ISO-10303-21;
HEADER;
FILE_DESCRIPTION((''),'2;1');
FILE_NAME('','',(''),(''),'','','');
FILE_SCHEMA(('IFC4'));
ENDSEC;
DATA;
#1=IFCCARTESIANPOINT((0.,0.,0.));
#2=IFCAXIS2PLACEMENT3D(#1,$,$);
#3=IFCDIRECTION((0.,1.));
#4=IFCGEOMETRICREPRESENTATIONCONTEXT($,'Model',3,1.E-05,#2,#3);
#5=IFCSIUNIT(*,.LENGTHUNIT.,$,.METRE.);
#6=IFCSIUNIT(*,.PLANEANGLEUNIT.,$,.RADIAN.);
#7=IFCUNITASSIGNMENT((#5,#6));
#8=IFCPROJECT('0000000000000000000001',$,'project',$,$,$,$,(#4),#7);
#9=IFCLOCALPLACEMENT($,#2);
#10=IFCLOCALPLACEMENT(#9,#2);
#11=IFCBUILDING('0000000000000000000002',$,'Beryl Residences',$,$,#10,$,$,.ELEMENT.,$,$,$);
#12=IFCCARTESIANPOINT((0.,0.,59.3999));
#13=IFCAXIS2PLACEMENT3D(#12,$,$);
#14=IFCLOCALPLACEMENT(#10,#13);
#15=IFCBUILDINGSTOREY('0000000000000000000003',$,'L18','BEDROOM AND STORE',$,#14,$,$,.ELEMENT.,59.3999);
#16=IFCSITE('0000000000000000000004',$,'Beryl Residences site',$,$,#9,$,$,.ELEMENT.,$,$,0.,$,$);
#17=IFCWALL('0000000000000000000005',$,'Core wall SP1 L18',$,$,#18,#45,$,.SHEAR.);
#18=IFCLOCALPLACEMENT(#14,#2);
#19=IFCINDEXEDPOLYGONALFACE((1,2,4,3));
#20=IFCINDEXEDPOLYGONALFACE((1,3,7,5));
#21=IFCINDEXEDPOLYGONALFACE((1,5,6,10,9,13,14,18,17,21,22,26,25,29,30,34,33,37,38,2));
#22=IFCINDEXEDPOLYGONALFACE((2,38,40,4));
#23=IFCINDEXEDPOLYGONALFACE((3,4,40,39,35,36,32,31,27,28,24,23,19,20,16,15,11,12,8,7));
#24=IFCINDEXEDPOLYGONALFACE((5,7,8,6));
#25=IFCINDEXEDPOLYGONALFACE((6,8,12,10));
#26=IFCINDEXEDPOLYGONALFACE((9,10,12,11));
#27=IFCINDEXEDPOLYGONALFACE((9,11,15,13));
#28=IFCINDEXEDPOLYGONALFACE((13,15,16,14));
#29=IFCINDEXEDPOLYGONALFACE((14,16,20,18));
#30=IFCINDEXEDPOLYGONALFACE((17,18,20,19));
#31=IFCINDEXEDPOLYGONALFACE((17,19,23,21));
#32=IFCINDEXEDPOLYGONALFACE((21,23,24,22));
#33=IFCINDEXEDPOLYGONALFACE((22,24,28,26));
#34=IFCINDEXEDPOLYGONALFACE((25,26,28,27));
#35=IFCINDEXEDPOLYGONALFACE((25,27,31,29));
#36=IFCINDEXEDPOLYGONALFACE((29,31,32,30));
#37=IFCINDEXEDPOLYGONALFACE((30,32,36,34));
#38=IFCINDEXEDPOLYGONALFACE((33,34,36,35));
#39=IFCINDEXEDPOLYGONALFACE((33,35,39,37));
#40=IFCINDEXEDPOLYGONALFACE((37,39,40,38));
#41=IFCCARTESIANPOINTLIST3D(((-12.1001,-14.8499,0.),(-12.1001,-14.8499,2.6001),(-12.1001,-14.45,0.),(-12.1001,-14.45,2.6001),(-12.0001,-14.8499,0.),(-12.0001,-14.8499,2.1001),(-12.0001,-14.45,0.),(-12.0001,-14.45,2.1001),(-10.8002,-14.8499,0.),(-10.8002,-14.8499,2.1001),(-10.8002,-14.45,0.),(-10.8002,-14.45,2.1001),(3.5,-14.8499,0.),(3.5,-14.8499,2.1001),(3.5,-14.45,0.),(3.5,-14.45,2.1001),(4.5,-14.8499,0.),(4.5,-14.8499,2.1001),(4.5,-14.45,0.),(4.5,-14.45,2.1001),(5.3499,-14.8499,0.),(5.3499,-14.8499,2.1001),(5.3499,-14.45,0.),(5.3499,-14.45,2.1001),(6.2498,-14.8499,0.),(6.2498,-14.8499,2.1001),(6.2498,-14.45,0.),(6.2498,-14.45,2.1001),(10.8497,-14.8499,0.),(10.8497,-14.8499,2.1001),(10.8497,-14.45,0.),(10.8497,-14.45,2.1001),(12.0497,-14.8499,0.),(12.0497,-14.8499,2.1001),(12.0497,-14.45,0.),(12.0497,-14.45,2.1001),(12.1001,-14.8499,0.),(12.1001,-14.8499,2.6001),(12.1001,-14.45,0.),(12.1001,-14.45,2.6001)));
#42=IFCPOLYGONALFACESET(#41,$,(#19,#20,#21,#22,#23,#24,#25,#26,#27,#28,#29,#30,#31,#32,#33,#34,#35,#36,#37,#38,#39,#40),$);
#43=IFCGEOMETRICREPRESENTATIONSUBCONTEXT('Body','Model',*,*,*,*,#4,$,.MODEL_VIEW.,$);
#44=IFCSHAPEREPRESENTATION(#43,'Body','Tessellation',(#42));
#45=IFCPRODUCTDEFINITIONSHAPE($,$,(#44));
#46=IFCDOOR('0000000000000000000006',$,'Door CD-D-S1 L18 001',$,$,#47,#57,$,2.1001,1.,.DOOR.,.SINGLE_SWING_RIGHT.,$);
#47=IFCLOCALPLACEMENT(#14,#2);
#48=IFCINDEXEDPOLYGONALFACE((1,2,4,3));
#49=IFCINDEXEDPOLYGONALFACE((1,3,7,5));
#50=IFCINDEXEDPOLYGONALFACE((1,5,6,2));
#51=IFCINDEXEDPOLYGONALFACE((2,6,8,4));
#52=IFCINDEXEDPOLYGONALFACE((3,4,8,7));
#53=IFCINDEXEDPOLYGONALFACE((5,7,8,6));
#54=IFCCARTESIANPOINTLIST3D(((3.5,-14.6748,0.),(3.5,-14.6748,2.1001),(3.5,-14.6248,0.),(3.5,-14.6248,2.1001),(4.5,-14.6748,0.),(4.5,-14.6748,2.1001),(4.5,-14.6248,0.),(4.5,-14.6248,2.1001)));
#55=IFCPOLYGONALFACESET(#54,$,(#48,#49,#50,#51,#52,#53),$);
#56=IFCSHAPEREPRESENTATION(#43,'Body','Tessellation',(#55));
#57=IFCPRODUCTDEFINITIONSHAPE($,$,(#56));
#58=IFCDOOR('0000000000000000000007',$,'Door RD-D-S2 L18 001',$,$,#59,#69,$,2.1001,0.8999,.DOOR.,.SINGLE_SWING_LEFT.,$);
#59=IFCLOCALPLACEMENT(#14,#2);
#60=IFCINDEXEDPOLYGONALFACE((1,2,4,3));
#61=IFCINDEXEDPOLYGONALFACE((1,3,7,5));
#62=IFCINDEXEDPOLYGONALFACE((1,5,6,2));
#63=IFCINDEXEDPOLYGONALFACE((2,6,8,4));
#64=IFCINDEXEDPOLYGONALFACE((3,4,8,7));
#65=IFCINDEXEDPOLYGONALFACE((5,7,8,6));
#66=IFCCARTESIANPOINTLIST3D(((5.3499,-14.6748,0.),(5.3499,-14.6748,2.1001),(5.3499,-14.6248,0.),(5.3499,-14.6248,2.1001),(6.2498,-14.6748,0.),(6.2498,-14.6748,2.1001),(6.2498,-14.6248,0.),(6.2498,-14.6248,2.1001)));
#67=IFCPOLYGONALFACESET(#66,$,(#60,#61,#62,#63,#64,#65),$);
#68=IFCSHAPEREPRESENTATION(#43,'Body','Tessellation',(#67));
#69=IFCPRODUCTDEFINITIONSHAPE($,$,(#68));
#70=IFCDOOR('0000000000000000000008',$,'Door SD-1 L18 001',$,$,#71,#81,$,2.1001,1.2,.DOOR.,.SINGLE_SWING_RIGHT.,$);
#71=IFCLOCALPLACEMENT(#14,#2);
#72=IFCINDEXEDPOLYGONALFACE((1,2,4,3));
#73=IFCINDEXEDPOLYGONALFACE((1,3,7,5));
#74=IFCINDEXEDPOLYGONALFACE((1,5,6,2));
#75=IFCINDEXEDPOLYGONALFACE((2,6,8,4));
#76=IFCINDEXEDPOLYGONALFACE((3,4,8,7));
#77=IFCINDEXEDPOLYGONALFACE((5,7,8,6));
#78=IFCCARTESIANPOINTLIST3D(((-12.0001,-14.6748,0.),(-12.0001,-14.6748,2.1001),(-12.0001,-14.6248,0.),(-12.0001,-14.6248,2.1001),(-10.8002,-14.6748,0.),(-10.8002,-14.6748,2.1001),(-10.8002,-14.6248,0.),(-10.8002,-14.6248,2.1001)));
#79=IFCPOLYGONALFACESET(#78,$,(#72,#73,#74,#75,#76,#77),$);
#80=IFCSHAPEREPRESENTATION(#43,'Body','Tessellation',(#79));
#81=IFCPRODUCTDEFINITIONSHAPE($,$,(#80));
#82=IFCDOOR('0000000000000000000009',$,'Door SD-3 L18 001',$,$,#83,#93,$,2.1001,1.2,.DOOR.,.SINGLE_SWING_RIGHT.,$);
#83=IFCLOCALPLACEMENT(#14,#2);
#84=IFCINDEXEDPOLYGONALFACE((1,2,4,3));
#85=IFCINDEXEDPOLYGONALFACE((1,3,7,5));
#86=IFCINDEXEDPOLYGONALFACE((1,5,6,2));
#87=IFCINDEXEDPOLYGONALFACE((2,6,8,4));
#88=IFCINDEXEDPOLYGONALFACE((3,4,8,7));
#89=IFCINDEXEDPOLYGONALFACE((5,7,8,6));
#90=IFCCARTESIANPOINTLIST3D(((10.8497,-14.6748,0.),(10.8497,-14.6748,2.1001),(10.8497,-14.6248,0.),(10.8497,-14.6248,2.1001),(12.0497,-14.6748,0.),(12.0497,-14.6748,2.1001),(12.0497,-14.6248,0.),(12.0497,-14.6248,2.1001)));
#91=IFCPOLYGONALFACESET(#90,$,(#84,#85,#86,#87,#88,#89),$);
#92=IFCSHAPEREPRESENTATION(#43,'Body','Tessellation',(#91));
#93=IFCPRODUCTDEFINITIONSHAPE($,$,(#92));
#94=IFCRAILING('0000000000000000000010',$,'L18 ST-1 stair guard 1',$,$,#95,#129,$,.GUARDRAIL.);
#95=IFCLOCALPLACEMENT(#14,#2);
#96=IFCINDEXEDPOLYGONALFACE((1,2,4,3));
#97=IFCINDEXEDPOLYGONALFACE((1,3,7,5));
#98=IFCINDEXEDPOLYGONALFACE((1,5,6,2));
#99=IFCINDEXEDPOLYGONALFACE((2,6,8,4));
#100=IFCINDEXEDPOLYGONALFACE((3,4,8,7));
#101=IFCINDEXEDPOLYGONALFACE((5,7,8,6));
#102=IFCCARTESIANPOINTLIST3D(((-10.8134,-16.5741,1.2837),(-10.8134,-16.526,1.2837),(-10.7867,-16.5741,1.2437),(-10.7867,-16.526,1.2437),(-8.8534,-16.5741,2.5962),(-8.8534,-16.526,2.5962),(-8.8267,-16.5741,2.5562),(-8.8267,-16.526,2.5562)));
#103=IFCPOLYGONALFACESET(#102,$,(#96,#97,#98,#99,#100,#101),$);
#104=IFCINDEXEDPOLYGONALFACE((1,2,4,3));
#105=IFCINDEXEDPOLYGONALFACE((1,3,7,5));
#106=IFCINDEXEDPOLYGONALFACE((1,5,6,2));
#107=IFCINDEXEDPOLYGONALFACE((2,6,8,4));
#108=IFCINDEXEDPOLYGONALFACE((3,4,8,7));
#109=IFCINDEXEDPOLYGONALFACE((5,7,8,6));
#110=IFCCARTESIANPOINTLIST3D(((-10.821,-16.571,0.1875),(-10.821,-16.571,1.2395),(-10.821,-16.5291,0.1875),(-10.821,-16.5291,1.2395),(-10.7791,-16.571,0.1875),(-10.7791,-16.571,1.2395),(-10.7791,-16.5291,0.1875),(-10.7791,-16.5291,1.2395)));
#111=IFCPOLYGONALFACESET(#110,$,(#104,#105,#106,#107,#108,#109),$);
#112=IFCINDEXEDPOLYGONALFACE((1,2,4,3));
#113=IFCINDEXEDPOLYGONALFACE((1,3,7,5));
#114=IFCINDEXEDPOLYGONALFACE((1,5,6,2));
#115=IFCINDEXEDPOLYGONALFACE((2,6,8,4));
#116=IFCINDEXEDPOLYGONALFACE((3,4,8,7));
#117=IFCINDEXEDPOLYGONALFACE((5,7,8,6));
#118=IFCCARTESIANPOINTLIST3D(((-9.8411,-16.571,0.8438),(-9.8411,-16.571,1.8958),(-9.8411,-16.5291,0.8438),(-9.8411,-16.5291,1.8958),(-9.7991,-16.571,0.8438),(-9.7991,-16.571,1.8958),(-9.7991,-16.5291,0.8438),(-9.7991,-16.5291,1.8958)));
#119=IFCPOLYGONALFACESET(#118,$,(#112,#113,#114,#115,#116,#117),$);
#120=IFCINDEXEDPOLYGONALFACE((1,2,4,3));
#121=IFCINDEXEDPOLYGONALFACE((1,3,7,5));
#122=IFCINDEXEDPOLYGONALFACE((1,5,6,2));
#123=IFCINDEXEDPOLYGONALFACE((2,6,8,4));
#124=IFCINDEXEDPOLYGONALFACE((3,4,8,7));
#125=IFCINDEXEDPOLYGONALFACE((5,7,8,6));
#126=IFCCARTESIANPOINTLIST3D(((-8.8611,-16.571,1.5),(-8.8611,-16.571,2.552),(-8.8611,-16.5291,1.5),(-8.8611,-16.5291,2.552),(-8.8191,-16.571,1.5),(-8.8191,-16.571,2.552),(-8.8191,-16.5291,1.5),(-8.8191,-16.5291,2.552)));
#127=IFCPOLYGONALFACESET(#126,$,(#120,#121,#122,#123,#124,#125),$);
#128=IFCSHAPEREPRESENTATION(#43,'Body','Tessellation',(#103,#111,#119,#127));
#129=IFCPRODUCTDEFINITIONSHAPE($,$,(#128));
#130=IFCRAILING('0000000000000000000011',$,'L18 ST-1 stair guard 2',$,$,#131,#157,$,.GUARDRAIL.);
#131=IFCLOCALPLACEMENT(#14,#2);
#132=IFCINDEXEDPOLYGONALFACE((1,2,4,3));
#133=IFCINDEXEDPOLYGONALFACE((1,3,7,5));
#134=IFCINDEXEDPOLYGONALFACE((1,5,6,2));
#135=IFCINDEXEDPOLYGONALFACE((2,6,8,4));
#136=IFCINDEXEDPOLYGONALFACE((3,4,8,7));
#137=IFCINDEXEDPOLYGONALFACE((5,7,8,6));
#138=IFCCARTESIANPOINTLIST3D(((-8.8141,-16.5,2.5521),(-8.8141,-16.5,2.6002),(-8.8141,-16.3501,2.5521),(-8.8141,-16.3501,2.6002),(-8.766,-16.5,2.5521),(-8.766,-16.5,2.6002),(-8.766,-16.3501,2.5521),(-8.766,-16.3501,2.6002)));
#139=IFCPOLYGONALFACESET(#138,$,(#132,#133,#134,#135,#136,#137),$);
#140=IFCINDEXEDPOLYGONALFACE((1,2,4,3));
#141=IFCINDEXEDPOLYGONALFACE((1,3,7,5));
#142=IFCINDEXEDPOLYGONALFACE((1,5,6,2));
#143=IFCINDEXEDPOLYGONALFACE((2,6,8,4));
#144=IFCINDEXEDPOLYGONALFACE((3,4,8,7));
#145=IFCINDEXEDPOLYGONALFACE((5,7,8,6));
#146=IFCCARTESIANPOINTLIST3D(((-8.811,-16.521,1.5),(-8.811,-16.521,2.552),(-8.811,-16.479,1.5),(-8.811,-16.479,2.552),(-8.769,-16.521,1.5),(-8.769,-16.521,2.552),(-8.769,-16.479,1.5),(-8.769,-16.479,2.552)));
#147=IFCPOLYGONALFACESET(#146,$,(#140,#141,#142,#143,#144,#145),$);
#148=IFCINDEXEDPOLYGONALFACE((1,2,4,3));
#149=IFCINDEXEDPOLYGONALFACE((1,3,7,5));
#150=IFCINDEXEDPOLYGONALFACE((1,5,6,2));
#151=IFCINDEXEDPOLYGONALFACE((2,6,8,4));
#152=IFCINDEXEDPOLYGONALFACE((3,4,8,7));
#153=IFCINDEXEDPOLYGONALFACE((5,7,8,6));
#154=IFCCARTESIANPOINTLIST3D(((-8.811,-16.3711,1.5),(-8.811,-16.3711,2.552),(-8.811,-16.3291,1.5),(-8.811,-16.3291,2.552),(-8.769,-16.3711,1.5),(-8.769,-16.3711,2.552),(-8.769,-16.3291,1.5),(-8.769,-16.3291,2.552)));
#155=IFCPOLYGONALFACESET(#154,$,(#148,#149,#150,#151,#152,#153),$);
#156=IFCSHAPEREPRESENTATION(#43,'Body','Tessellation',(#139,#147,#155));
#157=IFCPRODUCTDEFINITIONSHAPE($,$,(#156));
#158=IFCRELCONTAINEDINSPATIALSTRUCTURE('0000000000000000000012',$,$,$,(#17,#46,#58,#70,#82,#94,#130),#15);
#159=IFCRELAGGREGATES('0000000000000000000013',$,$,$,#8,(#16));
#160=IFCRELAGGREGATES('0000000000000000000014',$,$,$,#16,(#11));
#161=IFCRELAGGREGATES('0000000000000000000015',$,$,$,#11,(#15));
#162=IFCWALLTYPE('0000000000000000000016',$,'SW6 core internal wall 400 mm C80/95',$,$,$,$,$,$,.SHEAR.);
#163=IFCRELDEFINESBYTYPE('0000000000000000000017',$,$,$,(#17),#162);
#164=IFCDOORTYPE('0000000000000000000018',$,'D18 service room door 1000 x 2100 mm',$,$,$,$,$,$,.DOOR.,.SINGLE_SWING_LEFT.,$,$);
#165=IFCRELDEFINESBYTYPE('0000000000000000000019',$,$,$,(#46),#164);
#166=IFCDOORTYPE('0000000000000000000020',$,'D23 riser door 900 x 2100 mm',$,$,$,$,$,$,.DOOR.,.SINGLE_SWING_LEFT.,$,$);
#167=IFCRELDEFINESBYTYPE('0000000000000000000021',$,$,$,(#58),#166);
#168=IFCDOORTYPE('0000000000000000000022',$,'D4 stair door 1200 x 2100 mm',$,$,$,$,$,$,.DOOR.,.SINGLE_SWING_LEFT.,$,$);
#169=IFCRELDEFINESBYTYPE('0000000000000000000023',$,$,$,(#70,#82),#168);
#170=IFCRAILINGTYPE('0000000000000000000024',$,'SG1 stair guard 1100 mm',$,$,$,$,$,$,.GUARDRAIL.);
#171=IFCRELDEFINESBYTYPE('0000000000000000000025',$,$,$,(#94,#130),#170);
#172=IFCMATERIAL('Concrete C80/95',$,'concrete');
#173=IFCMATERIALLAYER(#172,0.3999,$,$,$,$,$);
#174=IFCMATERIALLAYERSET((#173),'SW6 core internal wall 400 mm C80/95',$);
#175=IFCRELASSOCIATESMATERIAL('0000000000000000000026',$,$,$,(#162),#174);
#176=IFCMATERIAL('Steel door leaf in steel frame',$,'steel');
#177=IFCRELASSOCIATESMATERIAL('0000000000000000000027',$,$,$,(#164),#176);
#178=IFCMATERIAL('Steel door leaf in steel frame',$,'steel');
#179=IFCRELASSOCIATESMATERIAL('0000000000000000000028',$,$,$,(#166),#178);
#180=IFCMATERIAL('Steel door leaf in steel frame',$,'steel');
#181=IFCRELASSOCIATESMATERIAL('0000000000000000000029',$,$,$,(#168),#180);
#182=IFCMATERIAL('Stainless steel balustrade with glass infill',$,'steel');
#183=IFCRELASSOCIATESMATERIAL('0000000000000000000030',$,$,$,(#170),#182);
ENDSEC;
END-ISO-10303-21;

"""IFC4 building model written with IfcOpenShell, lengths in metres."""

from ifc_helpers import new_model, si_unit, direction, frame, frame_2d, origin, origin_2d, place, context, subcontext, project, spatial, rectangle, extrude, material, layer, layer_set, type_object, element, fill, save


model = new_model("IFC4")

# Units and contexts
model_context = context("Model", 3, precision=1e-05, world=origin(), true_north=direction((0.0, 1.0)))
body_context = subcontext(model_context, "Body", "Model", "MODEL_VIEW")
ifc_project = project(units=[si_unit("LENGTHUNIT", "METRE"), si_unit("PLANEANGLEUNIT", "RADIAN")], contexts=[model_context])

# Site, building, storey
site_placement = place(None, origin())
site = spatial("IfcSite", under=ifc_project, at=site_placement, Name="Beryl Residences site", CompositionType="ELEMENT", RefElevation=0.0)
building_placement = place(site_placement, origin())
building = spatial("IfcBuilding", under=site, at=building_placement, Name="Beryl Residences", CompositionType="ELEMENT")
storey_placement = place(building_placement, frame((0.0, 0.0, 59.3999)))
storey = spatial("IfcBuildingStorey", under=building, at=storey_placement, Name="L18", Description="BEDROOM AND STORE", CompositionType="ELEMENT", Elevation=59.3999)

# Wall, openings, doors
ifc_material_1 = material(Name="Concrete C80/95", Category="concrete")
ifc_layer_1 = layer(ifc_material_1, 0.3999)
ifc_layer_set_1 = layer_set([ifc_layer_1], Name="SW6 core internal wall 400 mm C80/95")
wall_type_1 = type_object("IfcWallType", Name="SW6 core internal wall 400 mm C80/95", PredefinedType="SHEAR", material=ifc_layer_set_1)
wall_1_placement = place(storey_placement, frame((-12.1001, -14.6499, 0.0), z_axis=(0.0, 0.0, 1.0), x_axis=(1.0, 0.0, 0.0)))
wall_1 = element("IfcWall", 1, at=wall_1_placement, inside=storey, type_object=wall_type_1, Name="Core wall SP1 L18", PredefinedType="SHEAR", context=body_context, shape_type="SweptSolid", body=[
    extrude(rectangle(XDim=24.2002, YDim=0.3999, at=frame_2d((12.1001, 0.0))), origin(), (0.0, 0.0, 1.0), 2.6001),
])
opening_1_placement = place(wall_1_placement, frame((1.3, 0.0, 0.0), z_axis=(0.0, 0.0, 1.0), x_axis=(-1.0, 0.0, 0.0)))
opening_1 = element("IfcOpeningElement", 2, at=opening_1_placement, cuts=wall_1, PredefinedType="OPENING", context=body_context, shape_type="SweptSolid", body=[
    extrude(rectangle(XDim=1.2, YDim=2.1001, at=frame_2d((0.6001, 1.05))), frame((0.0, 0.21, 0.0), z_axis=(0.0, -1.0, 0.0), x_axis=(1.0, 0.0, 0.0)), (0.0, 0.0, 1.0), 0.4199),
])
opening_2_placement = place(wall_1_placement, frame((24.1499, 0.0, 0.0), z_axis=(0.0, 0.0, 1.0), x_axis=(-1.0, 0.0, 0.0)))
opening_2 = element("IfcOpeningElement", 3, at=opening_2_placement, cuts=wall_1, PredefinedType="OPENING", context=body_context, shape_type="SweptSolid", body=[
    extrude(rectangle(XDim=1.2, YDim=2.1001, at=frame_2d((0.6001, 1.05))), frame((0.0, 0.21, 0.0), z_axis=(0.0, -1.0, 0.0), x_axis=(1.0, 0.0, 0.0)), (0.0, 0.0, 1.0), 0.4199),
])
opening_3_placement = place(wall_1_placement, frame((16.6001, 0.0, 0.0), z_axis=(0.0, 0.0, 1.0), x_axis=(-1.0, 0.0, 0.0)))
opening_3 = element("IfcOpeningElement", 4, at=opening_3_placement, cuts=wall_1, PredefinedType="OPENING", context=body_context, shape_type="SweptSolid", body=[
    extrude(rectangle(XDim=1.0, YDim=2.1001, at=frame_2d((0.5, 1.05))), frame((0.0, 0.21, 0.0), z_axis=(0.0, -1.0, 0.0), x_axis=(1.0, 0.0, 0.0)), (0.0, 0.0, 1.0), 0.4199),
])
opening_4_placement = place(wall_1_placement, frame((18.3499, 0.0, 0.0), z_axis=(0.0, 0.0, 1.0), x_axis=(-1.0, 0.0, 0.0)))
opening_4 = element("IfcOpeningElement", 5, at=opening_4_placement, cuts=wall_1, PredefinedType="OPENING", context=body_context, shape_type="SweptSolid", body=[
    extrude(rectangle(XDim=0.8999, YDim=2.1001, at=frame_2d((0.45, 1.05))), frame((0.0, 0.21, 0.0), z_axis=(0.0, -1.0, 0.0), x_axis=(1.0, 0.0, 0.0)), (0.0, 0.0, 1.0), 0.4199),
])
ifc_material_2 = material(Name="Steel door leaf in steel frame", Category="steel")
door_type_1 = type_object("IfcDoorType", Name="D18 service room door 1000 x 2100 mm", OperationType="SINGLE_SWING_LEFT", PredefinedType="DOOR", material=ifc_material_2)
door_1_placement = place(opening_3_placement, origin())
door_1 = element("IfcDoor", 6, at=door_1_placement, inside=storey, type_object=door_type_1, Name="Door CD-D-S1 L18 001", OperationType="SINGLE_SWING_RIGHT", OverallHeight=2.1001, OverallWidth=1.0, PredefinedType="DOOR", context=body_context, shape_type="SweptSolid", body=[
    extrude(rectangle(XDim=1.0, YDim=2.1001, at=frame_2d((0.5, 1.05))), frame((0.0, 0.0249, 0.0), z_axis=(0.0, -1.0, 0.0), x_axis=(1.0, 0.0, 0.0)), (0.0, 0.0, 1.0), 0.05),
])
fill(opening_3, door_1)
ifc_material_3 = material(Name="Steel door leaf in steel frame", Category="steel")
door_type_2 = type_object("IfcDoorType", Name="D23 riser door 900 x 2100 mm", OperationType="SINGLE_SWING_LEFT", PredefinedType="DOOR", material=ifc_material_3)
door_2_placement = place(opening_4_placement, origin())
door_2 = element("IfcDoor", 7, at=door_2_placement, inside=storey, type_object=door_type_2, Name="Door RD-D-S2 L18 001", OperationType="SINGLE_SWING_LEFT", OverallHeight=2.1001, OverallWidth=0.8999, PredefinedType="DOOR", context=body_context, shape_type="SweptSolid", body=[
    extrude(rectangle(XDim=0.8999, YDim=2.1001, at=frame_2d((0.45, 1.05))), frame((0.0, 0.0249, 0.0), z_axis=(0.0, -1.0, 0.0), x_axis=(1.0, 0.0, 0.0)), (0.0, 0.0, 1.0), 0.05),
])
fill(opening_4, door_2)
ifc_material_4 = material(Name="Steel door leaf in steel frame", Category="steel")
door_type_3 = type_object("IfcDoorType", Name="D4 stair door 1200 x 2100 mm", OperationType="SINGLE_SWING_LEFT", PredefinedType="DOOR", material=ifc_material_4)
door_3_placement = place(opening_1_placement, origin())
door_3 = element("IfcDoor", 8, at=door_3_placement, inside=storey, type_object=door_type_3, Name="Door SD-1 L18 001", OperationType="SINGLE_SWING_RIGHT", OverallHeight=2.1001, OverallWidth=1.2, PredefinedType="DOOR", context=body_context, shape_type="SweptSolid", body=[
    extrude(rectangle(XDim=1.2, YDim=2.1001, at=frame_2d((0.6001, 1.05))), frame((0.0, 0.0249, 0.0), z_axis=(0.0, -1.0, 0.0), x_axis=(1.0, 0.0, 0.0)), (0.0, 0.0, 1.0), 0.05),
])
fill(opening_1, door_3)
door_4_placement = place(opening_2_placement, origin())
door_4 = element("IfcDoor", 9, at=door_4_placement, inside=storey, type_object=door_type_3, Name="Door SD-3 L18 001", OperationType="SINGLE_SWING_RIGHT", OverallHeight=2.1001, OverallWidth=1.2, PredefinedType="DOOR", context=body_context, shape_type="SweptSolid", body=[
    extrude(rectangle(XDim=1.2, YDim=2.1001, at=frame_2d((0.6001, 1.05))), frame((0.0, 0.0249, 0.0), z_axis=(0.0, -1.0, 0.0), x_axis=(1.0, 0.0, 0.0)), (0.0, 0.0, 1.0), 0.05),
])
fill(opening_2, door_4)

# Railings
ifc_material_5 = material(Name="Stainless steel balustrade with glass infill", Category="steel")
railing_type_1 = type_object("IfcRailingType", Name="SG1 stair guard 1100 mm", PredefinedType="GUARDRAIL", material=ifc_material_5)
railing_1_placement = place(storey_placement, frame((-10.8, -16.55, 0.1875)))
element("IfcRailing", 10, at=railing_1_placement, inside=storey, type_object=railing_type_1, Name="L18 ST-1 stair guard 1", PredefinedType="GUARDRAIL", context=body_context, shape_type="SweptSolid", body=[
    extrude(rectangle(XDim=0.0481, YDim=0.0481, at=origin_2d()), frame((0.0, 0.0, 1.0762), z_axis=(0.830902, 0.0, 0.556419), x_axis=(0.0, 1.0, 0.0)), (0.0, 0.0, 1.0), 2.3589),
    extrude(rectangle(XDim=0.042, YDim=0.042, at=origin_2d()), origin(), (0.0, 0.0, 1.0), 1.052),
    extrude(rectangle(XDim=0.042, YDim=0.042, at=origin_2d()), frame((0.98, 0.0, 0.6562)), (0.0, 0.0, 1.0), 1.052),
    extrude(rectangle(XDim=0.042, YDim=0.042, at=origin_2d()), frame((1.96, 0.0, 1.3125)), (0.0, 0.0, 1.0), 1.052),
])
railing_2_placement = place(storey_placement, frame((-8.79, -16.5, 1.5)))
element("IfcRailing", 11, at=railing_2_placement, inside=storey, type_object=railing_type_1, Name="L18 ST-1 stair guard 2", PredefinedType="GUARDRAIL", context=body_context, shape_type="SweptSolid", body=[
    extrude(rectangle(XDim=0.0481, YDim=0.0481, at=origin_2d()), frame((0.0, 0.0, 1.0762), z_axis=(0.0, 1.0, 0.0), x_axis=(-1.0, 0.0, 0.0)), (0.0, 0.0, 1.0), 0.1499),
    extrude(rectangle(XDim=0.042, YDim=0.042, at=origin_2d()), origin(), (0.0, 0.0, 1.0), 1.052),
    extrude(rectangle(XDim=0.042, YDim=0.042, at=origin_2d()), frame((0.0, 0.1499, 0.0)), (0.0, 0.0, 1.0), 1.052),
])

save(model, "model.ifc")
